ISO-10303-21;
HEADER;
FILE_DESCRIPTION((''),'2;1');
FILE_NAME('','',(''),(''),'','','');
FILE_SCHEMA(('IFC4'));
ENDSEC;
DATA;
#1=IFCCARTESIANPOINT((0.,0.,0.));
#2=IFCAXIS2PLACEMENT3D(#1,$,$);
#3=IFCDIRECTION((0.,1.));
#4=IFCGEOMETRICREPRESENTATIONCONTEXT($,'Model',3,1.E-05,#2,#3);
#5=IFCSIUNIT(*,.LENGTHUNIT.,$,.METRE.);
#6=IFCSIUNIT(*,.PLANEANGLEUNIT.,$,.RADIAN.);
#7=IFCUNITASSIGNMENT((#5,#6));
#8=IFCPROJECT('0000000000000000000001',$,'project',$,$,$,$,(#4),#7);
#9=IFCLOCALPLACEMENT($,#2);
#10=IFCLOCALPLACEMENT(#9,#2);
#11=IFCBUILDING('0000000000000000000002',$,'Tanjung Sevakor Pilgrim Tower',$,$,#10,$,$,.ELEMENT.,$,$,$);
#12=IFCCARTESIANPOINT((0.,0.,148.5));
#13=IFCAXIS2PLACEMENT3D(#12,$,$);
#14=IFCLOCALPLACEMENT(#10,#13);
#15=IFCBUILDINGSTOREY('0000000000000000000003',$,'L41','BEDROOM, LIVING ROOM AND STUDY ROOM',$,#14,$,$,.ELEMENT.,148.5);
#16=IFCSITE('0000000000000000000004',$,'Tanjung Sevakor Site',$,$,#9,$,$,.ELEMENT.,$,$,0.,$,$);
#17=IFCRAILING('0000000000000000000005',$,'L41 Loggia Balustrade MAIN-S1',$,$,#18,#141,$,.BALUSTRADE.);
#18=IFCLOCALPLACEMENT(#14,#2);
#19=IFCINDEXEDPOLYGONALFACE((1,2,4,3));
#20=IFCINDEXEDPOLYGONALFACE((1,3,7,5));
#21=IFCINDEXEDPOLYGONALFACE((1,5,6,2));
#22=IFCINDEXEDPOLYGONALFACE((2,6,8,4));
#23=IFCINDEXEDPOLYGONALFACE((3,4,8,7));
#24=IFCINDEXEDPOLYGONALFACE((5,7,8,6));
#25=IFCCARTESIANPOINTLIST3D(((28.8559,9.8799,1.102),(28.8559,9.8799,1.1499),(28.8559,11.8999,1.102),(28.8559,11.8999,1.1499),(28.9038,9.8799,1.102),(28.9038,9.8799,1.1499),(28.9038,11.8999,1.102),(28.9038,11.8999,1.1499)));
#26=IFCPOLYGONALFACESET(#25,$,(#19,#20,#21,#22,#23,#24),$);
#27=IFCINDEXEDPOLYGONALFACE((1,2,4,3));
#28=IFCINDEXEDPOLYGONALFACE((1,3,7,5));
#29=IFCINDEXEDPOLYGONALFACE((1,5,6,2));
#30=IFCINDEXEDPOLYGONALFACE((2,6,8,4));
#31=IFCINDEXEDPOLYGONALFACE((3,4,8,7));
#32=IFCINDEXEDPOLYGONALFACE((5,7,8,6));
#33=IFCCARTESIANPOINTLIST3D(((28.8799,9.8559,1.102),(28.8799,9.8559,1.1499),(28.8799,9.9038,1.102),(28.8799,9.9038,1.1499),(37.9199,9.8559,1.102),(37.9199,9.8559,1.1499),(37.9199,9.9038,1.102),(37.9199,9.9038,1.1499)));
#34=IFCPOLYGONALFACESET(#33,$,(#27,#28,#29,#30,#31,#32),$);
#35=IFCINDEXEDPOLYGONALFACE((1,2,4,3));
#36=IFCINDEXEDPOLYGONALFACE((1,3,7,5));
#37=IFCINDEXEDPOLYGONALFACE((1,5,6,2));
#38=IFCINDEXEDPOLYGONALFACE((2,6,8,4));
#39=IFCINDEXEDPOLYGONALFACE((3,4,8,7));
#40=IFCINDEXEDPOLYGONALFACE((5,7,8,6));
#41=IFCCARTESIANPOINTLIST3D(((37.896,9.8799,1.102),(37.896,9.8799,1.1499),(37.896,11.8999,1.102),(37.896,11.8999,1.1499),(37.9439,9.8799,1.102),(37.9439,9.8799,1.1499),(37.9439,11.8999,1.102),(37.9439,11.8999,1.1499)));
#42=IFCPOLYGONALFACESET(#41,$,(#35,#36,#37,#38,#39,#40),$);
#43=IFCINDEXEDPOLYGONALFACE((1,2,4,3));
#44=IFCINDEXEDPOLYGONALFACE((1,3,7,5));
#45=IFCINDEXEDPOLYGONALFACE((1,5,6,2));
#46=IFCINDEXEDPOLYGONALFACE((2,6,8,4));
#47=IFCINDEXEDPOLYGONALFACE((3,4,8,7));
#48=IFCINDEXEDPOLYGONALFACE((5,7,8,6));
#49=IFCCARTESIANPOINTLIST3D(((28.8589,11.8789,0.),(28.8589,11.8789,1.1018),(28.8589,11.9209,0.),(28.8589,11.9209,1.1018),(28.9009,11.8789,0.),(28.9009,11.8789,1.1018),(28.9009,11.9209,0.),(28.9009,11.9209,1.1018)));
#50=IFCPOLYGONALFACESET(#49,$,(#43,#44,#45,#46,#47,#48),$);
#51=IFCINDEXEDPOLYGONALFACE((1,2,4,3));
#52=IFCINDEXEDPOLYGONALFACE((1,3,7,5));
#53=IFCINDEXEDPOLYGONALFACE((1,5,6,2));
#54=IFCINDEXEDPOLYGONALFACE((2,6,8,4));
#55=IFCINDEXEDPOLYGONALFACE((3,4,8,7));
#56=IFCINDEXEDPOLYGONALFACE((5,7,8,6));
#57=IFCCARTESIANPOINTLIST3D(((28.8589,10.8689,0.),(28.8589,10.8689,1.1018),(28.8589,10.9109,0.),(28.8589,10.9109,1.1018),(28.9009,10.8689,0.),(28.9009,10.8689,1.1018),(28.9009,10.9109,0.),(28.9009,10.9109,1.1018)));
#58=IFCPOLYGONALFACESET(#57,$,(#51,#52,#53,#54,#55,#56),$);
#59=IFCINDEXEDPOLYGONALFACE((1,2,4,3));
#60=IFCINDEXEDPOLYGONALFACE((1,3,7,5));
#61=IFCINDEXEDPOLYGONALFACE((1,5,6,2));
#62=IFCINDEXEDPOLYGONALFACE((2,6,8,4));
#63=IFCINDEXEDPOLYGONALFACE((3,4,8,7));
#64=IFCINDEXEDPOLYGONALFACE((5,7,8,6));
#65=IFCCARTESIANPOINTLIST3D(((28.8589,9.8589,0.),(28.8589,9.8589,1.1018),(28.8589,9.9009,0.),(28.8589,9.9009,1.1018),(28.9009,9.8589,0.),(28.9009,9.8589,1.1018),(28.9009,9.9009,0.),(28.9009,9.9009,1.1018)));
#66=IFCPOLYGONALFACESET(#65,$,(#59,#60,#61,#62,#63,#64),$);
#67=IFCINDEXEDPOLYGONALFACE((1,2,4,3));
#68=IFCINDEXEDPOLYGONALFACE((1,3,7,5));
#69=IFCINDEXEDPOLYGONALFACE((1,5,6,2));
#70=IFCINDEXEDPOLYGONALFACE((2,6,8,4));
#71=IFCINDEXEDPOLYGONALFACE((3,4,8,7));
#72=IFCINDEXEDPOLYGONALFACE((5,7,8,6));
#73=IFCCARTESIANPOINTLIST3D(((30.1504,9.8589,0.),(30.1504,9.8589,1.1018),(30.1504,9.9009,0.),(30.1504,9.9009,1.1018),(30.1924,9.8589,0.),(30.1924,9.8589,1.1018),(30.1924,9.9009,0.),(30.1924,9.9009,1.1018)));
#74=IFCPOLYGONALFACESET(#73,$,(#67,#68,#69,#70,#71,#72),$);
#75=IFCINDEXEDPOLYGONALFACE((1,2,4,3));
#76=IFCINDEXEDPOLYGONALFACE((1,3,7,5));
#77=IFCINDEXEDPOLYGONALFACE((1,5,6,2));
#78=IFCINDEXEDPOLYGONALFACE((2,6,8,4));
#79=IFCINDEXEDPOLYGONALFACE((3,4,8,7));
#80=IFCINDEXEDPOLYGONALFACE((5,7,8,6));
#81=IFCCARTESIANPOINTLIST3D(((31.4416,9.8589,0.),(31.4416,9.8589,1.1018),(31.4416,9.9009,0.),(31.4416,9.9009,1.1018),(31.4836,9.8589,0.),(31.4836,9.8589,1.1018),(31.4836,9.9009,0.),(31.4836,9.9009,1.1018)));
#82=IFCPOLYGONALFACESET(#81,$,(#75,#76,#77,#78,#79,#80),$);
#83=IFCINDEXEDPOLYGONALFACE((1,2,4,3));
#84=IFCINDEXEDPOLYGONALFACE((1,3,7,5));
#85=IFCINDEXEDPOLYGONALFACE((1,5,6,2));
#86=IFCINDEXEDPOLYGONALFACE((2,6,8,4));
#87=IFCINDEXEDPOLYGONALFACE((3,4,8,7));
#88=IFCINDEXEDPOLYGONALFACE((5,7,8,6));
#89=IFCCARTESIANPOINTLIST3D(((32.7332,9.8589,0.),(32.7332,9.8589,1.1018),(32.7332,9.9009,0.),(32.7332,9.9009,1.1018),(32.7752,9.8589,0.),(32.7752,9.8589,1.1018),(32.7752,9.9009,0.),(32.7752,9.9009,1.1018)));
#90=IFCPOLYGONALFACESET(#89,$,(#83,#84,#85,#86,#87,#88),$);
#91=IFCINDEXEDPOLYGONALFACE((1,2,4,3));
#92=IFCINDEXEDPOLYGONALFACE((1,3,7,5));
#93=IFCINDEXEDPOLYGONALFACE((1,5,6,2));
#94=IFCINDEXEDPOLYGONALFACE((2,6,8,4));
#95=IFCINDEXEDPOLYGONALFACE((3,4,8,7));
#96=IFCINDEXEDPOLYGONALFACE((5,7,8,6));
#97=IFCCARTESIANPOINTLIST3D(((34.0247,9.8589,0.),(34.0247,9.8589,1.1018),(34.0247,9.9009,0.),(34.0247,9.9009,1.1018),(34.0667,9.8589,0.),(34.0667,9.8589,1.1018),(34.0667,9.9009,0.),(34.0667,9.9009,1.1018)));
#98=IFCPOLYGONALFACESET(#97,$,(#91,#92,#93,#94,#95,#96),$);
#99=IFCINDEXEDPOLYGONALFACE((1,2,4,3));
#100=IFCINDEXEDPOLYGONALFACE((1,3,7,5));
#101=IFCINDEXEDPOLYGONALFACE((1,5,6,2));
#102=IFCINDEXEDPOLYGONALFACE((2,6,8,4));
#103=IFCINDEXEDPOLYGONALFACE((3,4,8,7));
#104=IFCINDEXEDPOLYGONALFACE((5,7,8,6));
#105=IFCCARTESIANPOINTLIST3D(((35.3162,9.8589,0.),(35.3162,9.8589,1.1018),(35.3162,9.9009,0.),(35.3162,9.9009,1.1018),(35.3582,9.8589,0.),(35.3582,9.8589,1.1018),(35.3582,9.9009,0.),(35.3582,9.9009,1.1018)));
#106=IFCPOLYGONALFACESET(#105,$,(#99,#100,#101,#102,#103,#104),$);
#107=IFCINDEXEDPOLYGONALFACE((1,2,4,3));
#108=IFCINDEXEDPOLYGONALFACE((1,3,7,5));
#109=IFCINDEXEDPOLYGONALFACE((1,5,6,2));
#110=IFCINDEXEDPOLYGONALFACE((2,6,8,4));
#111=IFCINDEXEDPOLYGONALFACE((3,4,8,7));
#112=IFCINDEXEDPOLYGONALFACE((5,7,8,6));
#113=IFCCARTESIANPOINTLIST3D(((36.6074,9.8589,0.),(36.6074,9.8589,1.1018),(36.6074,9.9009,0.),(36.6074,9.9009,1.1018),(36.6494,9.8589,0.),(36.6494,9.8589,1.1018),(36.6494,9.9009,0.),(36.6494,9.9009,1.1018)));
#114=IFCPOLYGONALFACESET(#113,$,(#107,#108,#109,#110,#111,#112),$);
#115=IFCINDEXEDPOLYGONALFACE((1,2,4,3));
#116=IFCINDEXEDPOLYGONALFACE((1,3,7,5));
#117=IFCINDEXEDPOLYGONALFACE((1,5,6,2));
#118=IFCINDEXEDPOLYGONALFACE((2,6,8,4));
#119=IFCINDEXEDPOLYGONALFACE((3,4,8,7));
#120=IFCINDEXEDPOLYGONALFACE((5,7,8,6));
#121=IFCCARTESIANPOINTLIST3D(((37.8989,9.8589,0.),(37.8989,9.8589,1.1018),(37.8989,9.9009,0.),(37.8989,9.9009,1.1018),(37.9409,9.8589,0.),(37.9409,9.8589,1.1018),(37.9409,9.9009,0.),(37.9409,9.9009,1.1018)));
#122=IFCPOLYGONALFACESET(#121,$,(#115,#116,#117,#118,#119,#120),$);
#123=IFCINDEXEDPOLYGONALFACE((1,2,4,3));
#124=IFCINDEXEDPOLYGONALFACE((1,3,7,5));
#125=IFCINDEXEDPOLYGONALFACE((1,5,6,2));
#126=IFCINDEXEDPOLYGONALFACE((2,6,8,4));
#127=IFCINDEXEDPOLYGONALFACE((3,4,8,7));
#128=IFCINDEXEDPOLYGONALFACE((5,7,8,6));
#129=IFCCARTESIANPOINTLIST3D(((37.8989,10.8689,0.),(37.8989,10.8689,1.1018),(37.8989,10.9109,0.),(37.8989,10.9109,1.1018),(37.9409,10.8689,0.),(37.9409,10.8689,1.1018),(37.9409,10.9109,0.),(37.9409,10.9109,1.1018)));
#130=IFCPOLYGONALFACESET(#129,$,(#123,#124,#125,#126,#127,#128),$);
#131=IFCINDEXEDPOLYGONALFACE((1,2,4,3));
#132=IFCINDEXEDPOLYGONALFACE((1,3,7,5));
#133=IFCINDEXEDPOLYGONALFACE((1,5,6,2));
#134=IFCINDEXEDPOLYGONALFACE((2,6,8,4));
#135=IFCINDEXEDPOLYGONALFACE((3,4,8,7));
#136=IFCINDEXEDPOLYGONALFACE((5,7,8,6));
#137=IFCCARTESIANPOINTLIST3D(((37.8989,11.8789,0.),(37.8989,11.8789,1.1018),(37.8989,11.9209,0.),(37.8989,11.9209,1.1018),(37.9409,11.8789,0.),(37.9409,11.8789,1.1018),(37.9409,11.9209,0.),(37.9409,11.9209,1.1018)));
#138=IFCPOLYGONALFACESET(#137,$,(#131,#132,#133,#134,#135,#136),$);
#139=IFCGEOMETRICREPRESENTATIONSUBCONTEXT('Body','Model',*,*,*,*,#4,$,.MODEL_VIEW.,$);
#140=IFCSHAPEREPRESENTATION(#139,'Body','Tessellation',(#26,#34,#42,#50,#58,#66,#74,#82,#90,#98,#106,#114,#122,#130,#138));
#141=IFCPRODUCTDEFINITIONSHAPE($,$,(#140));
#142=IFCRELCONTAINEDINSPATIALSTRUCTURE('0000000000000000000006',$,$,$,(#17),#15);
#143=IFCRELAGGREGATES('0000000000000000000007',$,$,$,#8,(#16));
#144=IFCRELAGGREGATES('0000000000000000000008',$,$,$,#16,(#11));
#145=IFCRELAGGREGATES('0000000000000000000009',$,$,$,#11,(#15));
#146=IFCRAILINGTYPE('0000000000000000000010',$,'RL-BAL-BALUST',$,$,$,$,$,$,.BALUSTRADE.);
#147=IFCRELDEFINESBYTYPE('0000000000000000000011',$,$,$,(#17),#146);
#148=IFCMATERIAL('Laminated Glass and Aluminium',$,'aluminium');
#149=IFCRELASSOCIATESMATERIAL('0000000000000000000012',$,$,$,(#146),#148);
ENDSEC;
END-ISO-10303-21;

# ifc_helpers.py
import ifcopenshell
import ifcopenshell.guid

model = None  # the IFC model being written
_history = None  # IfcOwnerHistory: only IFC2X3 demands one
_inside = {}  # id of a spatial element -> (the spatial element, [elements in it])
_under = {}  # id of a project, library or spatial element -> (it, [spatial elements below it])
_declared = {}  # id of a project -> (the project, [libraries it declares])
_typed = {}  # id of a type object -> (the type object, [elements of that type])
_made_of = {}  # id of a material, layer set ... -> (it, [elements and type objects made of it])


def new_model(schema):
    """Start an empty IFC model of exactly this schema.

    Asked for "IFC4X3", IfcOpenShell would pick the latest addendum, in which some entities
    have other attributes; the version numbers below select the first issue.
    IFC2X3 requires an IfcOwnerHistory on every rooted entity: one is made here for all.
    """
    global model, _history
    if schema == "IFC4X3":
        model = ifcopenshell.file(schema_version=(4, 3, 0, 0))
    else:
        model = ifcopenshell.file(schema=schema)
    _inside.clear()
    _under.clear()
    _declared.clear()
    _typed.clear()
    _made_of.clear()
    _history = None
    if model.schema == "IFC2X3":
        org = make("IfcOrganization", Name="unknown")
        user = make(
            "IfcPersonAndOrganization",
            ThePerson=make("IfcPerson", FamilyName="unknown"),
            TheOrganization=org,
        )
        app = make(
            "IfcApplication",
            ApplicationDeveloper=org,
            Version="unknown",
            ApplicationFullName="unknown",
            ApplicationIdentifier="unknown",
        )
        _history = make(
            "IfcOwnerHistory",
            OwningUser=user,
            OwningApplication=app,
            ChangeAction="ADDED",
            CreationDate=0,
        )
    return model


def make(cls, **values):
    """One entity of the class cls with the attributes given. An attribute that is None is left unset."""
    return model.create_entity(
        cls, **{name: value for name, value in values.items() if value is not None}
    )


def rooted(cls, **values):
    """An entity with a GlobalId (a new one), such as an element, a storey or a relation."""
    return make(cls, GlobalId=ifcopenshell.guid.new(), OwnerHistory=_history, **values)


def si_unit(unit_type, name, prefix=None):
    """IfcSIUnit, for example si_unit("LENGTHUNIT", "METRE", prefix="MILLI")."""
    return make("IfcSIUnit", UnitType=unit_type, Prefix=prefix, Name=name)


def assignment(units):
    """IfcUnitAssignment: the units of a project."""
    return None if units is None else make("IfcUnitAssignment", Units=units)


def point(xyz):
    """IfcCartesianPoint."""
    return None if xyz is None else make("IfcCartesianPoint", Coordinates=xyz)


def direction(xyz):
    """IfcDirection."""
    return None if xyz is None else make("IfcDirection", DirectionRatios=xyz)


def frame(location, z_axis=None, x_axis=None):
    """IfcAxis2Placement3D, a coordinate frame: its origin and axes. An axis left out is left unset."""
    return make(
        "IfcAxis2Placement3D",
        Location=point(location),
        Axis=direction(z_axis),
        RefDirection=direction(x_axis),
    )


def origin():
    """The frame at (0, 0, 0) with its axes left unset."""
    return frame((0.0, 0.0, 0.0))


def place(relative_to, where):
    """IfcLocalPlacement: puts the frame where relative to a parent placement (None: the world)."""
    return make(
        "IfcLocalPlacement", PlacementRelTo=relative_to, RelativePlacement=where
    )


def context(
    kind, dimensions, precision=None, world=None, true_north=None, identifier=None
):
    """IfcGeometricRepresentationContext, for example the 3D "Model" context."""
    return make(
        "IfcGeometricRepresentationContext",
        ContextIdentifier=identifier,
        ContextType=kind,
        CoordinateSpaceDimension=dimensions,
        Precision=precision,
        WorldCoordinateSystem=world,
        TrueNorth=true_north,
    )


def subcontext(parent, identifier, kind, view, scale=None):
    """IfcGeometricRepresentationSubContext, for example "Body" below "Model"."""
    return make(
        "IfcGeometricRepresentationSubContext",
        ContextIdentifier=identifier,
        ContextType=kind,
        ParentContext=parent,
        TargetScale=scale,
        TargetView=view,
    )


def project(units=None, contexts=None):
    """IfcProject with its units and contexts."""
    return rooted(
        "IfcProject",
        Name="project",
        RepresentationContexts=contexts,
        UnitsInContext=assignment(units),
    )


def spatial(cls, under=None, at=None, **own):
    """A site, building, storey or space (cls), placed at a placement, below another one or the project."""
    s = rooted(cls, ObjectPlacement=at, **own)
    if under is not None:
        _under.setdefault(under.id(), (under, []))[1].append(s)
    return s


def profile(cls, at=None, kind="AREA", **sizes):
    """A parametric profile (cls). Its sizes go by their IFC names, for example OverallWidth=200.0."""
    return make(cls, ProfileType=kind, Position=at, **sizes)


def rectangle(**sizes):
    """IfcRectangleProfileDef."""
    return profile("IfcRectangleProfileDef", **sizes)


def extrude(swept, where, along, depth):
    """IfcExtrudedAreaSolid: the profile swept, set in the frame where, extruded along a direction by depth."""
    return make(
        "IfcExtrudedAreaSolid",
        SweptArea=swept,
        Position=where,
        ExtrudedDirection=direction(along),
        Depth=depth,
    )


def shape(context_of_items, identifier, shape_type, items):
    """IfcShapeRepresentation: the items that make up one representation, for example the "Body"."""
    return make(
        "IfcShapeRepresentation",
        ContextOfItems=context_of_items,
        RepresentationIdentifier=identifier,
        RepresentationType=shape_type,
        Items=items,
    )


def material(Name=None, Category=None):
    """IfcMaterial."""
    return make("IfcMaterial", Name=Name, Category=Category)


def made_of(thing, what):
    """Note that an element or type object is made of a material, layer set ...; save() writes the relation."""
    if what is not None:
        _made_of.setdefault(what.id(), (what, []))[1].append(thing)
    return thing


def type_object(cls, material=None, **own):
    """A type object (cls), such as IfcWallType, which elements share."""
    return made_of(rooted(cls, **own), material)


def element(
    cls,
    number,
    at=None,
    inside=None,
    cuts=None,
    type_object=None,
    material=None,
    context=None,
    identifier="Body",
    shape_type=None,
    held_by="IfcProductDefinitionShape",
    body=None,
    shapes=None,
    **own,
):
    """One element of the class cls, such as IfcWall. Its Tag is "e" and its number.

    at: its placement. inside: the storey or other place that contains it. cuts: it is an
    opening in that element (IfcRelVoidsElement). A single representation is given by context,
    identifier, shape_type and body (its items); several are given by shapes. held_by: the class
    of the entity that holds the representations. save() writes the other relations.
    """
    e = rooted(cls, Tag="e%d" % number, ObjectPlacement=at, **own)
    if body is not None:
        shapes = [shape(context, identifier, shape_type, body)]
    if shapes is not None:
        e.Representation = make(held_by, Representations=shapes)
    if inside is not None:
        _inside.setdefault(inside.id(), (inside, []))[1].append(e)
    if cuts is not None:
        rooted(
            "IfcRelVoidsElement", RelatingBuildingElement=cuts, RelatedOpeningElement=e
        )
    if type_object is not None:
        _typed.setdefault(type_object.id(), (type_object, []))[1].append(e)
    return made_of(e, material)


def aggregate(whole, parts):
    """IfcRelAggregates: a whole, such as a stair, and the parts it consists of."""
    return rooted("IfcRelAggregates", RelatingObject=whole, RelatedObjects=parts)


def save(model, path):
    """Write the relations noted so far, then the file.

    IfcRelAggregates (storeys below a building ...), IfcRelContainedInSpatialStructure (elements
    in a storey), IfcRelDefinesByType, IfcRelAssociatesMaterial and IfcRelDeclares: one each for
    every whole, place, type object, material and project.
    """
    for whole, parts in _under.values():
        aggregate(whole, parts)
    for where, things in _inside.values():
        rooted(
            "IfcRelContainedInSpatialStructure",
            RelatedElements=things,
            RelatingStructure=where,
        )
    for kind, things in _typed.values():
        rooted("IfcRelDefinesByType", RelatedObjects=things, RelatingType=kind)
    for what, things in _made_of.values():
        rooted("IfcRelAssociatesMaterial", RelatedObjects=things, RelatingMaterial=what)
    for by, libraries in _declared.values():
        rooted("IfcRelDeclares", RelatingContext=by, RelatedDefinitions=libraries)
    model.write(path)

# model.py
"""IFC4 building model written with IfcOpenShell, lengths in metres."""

from ifc_helpers import new_model, si_unit, direction, frame, origin, place, context, subcontext, project, spatial, rectangle, extrude, material, type_object, element, save


model = new_model("IFC4")

# Units and contexts
model_context = context("Model", 3, precision=1e-05, world=origin(), true_north=direction((0.0, 1.0)))
body_context = subcontext(model_context, "Body", "Model", "MODEL_VIEW")
ifc_project = project(units=[si_unit("LENGTHUNIT", "METRE"), si_unit("PLANEANGLEUNIT", "RADIAN")], contexts=[model_context])

# Site, building, storey
site_placement = place(None, origin())
site = spatial("IfcSite", under=ifc_project, at=site_placement, Name="Tanjung Sevakor Site", CompositionType="ELEMENT", RefElevation=0.0)
building_placement = place(site_placement, origin())
building = spatial("IfcBuilding", under=site, at=building_placement, Name="Tanjung Sevakor Pilgrim Tower", CompositionType="ELEMENT")
storey_placement = place(building_placement, frame((0.0, 0.0, 148.5)))
storey = spatial("IfcBuildingStorey", under=building, at=storey_placement, Name="L41", Description="BEDROOM, LIVING ROOM AND STUDY ROOM", CompositionType="ELEMENT", Elevation=148.5)

# Railing
ifc_material_1 = material(Name="Laminated Glass and Aluminium", Category="aluminium")
railing_type = type_object("IfcRailingType", Name="RL-BAL-BALUST", PredefinedType="BALUSTRADE", material=ifc_material_1)
railing_placement = place(storey_placement, frame((28.8799, 11.8999, 0.0)))
element("IfcRailing", 1, at=railing_placement, inside=storey, type_object=railing_type, Name="L41 Loggia Balustrade MAIN-S1", PredefinedType="BALUSTRADE", context=body_context, shape_type="SweptSolid", body=[
    extrude(rectangle(XDim=0.0479, YDim=0.0479), frame((0.0, 0.0, 1.126), z_axis=(0.0, -1.0, 0.0), x_axis=(1.0, 0.0, 0.0)), (0.0, 0.0, 1.0), 2.02),
    extrude(rectangle(XDim=0.0479, YDim=0.0479), frame((0.0, -2.02, 1.126), z_axis=(1.0, 0.0, 0.0), x_axis=(0.0, 1.0, 0.0)), (0.0, 0.0, 1.0), 9.04),
    extrude(rectangle(XDim=0.0479, YDim=0.0479), frame((9.04, -2.02, 1.126), z_axis=(0.0, 1.0, 0.0), x_axis=(-1.0, 0.0, 0.0)), (0.0, 0.0, 1.0), 2.02),
    extrude(rectangle(XDim=0.042, YDim=0.042), origin(), (0.0, 0.0, 1.0), 1.1018),
    extrude(rectangle(XDim=0.042, YDim=0.042), frame((0.0, -1.01, 0.0)), (0.0, 0.0, 1.0), 1.1018),
    extrude(rectangle(XDim=0.042, YDim=0.042), frame((0.0, -2.02, 0.0)), (0.0, 0.0, 1.0), 1.1018),
    extrude(rectangle(XDim=0.042, YDim=0.042), frame((1.2915, -2.02, 0.0)), (0.0, 0.0, 1.0), 1.1018),
    extrude(rectangle(XDim=0.042, YDim=0.042), frame((2.5828, -2.02, 0.0)), (0.0, 0.0, 1.0), 1.1018),
    extrude(rectangle(XDim=0.042, YDim=0.042), frame((3.8743, -2.02, 0.0)), (0.0, 0.0, 1.0), 1.1018),
    extrude(rectangle(XDim=0.042, YDim=0.042), frame((5.1658, -2.02, 0.0)), (0.0, 0.0, 1.0), 1.1018),
    extrude(rectangle(XDim=0.042, YDim=0.042), frame((6.4573, -2.02, 0.0)), (0.0, 0.0, 1.0), 1.1018),
    extrude(rectangle(XDim=0.042, YDim=0.042), frame((7.7485, -2.02, 0.0)), (0.0, 0.0, 1.0), 1.1018),
    extrude(rectangle(XDim=0.042, YDim=0.042), frame((9.04, -2.02, 0.0)), (0.0, 0.0, 1.0), 1.1018),
    extrude(rectangle(XDim=0.042, YDim=0.042), frame((9.04, -1.01, 0.0)), (0.0, 0.0, 1.0), 1.1018),
    extrude(rectangle(XDim=0.042, YDim=0.042), frame((9.04, 0.0, 0.0)), (0.0, 0.0, 1.0), 1.1018),
])

save(model, "model.ifc")
